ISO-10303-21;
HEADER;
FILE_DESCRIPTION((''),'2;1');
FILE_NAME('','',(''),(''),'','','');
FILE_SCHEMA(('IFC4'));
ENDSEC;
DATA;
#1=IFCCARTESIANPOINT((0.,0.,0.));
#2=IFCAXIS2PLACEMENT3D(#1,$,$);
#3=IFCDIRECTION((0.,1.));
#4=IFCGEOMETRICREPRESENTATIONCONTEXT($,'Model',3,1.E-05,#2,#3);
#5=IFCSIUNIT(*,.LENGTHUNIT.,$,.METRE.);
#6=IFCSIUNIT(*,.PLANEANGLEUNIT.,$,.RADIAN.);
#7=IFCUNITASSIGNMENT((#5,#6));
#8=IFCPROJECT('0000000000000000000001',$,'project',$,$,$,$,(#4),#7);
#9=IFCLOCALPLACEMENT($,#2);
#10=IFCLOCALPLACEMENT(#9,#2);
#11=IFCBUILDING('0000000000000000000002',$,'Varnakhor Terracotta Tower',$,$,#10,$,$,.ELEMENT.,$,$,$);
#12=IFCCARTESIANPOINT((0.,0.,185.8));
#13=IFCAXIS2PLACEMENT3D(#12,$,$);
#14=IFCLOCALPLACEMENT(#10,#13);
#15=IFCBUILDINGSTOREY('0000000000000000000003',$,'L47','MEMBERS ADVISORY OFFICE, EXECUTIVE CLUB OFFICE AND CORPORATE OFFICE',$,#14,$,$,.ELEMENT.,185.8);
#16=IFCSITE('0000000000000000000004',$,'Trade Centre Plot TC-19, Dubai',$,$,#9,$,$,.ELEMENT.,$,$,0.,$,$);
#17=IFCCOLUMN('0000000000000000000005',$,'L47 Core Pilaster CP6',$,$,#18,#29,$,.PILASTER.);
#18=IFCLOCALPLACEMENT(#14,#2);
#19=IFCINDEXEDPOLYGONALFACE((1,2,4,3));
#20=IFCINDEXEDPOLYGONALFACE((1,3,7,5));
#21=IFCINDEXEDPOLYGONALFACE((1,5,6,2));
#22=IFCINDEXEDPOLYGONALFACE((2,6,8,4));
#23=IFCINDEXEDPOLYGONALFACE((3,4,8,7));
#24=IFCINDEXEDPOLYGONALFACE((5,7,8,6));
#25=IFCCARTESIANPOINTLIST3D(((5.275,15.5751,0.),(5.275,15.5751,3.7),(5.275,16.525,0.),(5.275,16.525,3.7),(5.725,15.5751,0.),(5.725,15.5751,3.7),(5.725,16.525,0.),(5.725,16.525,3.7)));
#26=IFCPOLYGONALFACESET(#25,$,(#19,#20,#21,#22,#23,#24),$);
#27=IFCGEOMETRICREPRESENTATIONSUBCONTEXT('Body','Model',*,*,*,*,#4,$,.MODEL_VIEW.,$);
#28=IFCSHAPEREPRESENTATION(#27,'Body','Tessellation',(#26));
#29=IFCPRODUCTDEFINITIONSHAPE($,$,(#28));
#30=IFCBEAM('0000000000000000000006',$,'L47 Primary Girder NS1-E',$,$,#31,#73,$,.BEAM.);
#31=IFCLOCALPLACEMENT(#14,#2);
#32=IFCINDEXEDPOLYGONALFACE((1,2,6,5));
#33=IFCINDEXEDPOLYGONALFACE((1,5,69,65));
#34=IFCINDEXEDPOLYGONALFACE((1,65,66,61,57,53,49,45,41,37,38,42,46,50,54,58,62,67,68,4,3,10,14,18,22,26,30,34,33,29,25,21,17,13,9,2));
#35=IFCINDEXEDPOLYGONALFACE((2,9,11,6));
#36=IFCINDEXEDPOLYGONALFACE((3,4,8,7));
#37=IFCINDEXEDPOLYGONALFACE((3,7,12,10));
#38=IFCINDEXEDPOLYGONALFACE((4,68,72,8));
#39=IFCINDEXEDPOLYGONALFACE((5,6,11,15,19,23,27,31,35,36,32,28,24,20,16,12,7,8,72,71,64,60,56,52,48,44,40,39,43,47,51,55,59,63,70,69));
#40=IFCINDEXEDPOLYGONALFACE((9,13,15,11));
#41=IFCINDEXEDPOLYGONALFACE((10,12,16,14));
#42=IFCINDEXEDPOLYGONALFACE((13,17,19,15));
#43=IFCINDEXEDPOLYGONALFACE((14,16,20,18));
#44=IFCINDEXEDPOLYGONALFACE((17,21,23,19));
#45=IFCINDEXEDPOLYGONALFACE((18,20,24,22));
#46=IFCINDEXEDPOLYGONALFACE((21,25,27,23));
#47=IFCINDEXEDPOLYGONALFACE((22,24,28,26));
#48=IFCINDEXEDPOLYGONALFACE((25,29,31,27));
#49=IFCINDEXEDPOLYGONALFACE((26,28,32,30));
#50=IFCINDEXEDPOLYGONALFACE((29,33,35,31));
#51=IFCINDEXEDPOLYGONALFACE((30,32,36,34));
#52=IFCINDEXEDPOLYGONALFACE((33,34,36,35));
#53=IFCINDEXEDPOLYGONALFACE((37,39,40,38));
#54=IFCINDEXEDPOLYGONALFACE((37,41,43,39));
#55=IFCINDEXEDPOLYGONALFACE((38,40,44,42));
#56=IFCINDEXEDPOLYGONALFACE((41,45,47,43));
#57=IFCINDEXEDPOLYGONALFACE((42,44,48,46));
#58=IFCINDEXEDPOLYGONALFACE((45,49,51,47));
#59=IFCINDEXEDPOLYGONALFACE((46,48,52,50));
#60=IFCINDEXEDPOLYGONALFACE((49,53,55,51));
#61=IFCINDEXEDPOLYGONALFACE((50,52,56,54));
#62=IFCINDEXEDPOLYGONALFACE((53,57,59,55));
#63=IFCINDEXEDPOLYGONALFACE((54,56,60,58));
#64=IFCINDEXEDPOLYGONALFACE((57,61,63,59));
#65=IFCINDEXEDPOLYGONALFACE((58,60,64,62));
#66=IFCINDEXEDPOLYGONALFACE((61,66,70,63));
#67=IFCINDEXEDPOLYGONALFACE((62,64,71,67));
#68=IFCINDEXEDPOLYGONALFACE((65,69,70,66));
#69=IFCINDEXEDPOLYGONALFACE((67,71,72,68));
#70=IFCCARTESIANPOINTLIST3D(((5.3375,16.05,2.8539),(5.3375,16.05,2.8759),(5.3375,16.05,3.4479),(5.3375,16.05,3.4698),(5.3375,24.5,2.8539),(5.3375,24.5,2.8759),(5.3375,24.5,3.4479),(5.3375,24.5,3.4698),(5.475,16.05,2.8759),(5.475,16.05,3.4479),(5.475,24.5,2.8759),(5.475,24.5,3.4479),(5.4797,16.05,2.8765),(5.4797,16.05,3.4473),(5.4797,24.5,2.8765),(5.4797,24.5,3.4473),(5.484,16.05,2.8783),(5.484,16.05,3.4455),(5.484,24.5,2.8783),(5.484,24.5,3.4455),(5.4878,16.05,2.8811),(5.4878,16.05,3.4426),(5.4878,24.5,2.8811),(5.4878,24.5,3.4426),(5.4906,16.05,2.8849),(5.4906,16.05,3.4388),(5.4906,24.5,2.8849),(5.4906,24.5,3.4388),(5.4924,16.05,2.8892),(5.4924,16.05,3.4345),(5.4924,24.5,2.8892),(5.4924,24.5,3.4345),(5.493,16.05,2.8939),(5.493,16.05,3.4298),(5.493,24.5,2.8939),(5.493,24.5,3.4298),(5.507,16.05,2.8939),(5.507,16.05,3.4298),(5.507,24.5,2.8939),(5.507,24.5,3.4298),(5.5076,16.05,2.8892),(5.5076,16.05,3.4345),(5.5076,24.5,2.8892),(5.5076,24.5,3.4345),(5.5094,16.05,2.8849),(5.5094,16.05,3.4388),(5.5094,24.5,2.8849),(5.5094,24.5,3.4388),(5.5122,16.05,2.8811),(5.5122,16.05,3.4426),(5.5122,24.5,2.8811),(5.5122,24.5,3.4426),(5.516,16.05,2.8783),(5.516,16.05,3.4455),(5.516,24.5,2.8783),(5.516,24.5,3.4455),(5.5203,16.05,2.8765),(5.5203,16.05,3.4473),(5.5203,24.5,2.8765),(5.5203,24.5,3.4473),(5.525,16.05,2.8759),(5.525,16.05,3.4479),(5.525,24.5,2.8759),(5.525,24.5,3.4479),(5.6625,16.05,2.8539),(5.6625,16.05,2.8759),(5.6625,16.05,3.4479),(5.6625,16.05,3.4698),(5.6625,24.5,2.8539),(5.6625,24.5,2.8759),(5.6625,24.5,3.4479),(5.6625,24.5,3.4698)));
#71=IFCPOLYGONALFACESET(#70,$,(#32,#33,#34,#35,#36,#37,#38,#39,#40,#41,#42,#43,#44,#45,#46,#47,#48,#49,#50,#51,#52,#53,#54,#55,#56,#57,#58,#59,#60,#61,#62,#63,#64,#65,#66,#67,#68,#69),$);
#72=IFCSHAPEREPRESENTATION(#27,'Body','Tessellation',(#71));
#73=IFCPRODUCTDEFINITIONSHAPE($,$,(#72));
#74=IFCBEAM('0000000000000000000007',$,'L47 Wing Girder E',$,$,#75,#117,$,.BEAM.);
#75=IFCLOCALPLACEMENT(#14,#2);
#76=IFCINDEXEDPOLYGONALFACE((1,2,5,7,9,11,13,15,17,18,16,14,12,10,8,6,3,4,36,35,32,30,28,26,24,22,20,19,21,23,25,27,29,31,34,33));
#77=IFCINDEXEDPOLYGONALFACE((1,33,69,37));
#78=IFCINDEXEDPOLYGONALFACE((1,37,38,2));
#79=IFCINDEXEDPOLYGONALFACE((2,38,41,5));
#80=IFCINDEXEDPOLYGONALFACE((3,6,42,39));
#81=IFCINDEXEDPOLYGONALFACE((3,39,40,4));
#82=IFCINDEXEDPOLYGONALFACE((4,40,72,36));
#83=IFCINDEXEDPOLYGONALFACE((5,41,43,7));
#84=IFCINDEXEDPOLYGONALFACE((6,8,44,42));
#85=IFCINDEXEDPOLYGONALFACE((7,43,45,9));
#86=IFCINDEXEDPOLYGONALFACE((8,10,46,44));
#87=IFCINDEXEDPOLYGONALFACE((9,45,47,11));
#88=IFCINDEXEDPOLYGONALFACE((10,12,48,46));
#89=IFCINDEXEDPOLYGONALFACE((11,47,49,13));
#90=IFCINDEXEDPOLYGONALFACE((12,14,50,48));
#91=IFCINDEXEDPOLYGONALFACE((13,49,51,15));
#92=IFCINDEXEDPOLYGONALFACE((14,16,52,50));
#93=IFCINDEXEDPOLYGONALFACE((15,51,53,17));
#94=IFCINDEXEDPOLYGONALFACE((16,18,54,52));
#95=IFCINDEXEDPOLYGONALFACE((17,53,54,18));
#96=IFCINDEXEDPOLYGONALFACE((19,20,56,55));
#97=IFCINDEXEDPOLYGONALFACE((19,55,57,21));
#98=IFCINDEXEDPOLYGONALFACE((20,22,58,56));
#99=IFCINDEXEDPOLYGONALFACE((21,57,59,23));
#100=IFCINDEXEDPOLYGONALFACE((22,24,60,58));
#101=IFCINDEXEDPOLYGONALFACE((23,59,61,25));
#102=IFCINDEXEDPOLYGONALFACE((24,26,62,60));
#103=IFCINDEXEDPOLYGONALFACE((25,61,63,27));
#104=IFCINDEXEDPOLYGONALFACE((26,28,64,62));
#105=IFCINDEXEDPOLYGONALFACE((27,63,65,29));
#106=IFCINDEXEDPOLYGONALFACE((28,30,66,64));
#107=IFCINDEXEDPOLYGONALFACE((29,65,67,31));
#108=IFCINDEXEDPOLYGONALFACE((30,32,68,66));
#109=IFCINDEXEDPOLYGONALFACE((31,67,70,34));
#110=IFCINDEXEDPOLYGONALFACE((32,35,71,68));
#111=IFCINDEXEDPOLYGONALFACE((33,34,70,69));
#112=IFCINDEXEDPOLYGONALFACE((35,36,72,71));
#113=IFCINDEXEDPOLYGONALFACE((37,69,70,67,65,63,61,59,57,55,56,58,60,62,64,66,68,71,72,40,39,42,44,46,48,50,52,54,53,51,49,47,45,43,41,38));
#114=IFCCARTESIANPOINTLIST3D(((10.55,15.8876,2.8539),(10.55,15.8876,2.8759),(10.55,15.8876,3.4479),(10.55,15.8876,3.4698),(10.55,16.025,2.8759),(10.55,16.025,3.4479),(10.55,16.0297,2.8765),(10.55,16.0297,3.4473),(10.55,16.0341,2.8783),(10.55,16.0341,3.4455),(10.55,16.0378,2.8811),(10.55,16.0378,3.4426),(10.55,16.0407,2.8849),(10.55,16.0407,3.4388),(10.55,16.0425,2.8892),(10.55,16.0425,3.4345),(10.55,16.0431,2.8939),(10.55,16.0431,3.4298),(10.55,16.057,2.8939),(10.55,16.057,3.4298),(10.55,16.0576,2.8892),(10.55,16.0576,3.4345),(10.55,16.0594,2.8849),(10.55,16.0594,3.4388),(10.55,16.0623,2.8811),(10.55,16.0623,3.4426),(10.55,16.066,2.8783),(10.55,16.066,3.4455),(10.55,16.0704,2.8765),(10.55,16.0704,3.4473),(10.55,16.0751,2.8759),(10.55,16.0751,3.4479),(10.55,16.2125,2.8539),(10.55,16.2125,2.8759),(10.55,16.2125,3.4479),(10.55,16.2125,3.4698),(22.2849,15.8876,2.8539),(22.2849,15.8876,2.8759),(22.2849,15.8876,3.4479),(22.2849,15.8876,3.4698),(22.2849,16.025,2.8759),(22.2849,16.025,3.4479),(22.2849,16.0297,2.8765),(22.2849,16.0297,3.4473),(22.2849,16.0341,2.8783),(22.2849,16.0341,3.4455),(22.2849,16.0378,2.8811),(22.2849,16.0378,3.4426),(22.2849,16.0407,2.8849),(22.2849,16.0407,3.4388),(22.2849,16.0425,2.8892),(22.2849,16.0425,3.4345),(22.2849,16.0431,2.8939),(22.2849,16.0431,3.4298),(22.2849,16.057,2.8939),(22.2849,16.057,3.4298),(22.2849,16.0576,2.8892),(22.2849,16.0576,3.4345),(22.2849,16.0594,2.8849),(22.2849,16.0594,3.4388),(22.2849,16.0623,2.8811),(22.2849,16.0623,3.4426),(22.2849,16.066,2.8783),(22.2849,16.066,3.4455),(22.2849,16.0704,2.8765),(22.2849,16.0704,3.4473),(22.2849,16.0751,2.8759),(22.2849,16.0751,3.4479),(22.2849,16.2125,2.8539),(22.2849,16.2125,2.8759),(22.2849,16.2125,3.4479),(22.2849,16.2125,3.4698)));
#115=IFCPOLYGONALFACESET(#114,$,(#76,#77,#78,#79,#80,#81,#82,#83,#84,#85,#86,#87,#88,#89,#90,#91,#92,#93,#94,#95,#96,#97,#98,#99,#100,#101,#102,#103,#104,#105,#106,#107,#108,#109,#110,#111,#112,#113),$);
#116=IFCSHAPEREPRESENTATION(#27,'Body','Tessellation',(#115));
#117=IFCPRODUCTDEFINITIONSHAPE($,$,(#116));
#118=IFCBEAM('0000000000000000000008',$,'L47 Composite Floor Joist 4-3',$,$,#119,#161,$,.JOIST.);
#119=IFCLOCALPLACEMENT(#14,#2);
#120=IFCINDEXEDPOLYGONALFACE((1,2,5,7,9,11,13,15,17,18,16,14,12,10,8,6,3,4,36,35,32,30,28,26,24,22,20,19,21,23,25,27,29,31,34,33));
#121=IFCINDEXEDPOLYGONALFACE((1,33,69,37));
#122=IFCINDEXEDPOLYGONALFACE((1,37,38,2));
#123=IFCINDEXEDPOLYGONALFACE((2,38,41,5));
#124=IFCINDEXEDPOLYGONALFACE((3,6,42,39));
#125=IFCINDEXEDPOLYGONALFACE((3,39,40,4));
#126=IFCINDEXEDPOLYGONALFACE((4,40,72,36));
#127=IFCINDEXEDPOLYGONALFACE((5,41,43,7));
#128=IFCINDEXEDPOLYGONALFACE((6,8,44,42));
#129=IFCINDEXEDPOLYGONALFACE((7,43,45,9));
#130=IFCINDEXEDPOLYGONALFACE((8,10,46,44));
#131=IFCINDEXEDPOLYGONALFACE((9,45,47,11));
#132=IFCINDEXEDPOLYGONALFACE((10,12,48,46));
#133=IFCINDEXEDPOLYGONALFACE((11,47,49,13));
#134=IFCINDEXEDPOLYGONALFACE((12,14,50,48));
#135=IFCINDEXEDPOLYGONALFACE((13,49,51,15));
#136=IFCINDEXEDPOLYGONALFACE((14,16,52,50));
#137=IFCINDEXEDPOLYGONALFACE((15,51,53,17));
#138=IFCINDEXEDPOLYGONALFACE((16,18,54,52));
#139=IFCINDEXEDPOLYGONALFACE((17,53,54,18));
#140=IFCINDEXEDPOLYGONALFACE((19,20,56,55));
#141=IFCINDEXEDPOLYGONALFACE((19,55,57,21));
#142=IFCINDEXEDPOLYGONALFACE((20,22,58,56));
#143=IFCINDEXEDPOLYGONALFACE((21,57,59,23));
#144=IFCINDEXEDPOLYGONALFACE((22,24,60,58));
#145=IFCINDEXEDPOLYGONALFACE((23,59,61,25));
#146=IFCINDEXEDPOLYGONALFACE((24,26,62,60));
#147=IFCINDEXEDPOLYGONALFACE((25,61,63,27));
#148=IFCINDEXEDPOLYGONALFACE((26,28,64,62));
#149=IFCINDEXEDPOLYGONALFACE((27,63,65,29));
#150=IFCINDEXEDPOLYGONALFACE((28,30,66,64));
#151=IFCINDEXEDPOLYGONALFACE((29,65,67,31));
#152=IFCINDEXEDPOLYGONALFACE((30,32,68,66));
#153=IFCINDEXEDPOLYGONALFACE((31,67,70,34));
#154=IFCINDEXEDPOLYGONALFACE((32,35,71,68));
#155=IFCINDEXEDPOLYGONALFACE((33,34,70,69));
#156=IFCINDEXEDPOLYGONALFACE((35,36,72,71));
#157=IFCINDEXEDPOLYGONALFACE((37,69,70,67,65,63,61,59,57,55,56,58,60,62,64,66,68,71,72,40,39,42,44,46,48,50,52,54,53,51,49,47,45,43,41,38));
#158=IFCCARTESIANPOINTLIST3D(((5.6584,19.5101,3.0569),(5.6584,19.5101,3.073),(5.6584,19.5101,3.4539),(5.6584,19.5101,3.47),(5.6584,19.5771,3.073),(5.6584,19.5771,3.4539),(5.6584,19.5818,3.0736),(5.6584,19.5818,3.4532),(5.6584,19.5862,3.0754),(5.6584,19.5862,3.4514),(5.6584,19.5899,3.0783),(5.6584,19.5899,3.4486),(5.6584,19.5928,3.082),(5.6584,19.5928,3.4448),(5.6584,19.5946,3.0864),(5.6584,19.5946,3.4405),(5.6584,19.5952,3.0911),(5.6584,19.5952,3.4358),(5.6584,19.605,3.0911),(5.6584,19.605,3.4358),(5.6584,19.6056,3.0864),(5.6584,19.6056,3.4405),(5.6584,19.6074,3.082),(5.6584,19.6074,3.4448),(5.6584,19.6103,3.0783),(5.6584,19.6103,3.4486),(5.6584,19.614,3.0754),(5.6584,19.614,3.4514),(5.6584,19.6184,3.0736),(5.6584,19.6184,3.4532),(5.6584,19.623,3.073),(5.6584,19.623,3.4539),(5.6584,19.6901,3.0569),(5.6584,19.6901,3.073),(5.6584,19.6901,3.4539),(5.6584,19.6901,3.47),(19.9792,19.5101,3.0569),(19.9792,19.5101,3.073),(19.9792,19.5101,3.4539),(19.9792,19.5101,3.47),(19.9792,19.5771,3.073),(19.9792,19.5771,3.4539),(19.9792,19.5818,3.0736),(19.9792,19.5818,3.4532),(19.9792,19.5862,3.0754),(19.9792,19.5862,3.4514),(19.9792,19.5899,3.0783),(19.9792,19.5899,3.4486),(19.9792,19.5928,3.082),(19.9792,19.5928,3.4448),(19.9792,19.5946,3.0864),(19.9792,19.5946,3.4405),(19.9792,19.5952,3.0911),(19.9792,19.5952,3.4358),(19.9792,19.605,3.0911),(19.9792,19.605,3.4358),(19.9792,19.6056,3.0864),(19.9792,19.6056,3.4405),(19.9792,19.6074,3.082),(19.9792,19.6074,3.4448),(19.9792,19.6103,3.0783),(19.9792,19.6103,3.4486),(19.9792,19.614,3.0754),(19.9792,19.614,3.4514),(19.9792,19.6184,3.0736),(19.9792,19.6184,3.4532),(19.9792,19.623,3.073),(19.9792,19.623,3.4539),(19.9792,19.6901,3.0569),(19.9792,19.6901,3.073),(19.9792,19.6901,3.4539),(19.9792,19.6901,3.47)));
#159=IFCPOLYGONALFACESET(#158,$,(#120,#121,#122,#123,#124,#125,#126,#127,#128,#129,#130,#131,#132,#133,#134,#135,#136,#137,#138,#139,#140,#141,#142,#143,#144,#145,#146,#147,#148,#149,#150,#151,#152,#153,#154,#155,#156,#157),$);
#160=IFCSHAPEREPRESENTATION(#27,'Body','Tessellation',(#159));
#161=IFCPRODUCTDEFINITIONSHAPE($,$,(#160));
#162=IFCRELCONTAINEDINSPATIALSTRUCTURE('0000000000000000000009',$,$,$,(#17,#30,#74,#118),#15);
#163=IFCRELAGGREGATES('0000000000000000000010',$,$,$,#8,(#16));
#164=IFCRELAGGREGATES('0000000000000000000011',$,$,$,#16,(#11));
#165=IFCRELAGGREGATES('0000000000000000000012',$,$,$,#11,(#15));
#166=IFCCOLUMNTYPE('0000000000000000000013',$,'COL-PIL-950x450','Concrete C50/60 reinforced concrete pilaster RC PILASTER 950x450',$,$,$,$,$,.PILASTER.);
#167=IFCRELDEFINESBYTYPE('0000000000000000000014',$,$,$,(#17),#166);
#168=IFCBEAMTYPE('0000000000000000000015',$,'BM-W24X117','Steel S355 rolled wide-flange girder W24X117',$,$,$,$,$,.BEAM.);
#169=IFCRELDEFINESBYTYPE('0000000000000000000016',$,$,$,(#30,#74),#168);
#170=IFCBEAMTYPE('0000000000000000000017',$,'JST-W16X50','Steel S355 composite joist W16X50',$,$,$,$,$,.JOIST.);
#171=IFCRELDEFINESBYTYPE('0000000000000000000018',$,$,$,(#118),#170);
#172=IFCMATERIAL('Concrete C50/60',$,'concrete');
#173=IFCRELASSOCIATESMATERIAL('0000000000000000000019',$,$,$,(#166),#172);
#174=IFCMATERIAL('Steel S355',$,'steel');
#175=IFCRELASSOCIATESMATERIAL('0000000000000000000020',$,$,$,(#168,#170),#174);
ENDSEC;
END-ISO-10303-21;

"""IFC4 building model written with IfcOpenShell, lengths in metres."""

from ifc_helpers import new_model, si_unit, direction, frame, origin, origin_2d, place, context, subcontext, project, spatial, rectangle, i_section, extrude, source, transform, mapped, material, material_profile, profile_set, type_object, type_shapes, element, save


model = new_model("IFC4")

# Units and contexts
model_context = context("Model", 3, precision=1e-05, world=origin(), true_north=direction((0.0, 1.0)))
body_context = subcontext(model_context, "Body", "Model", "MODEL_VIEW")
ifc_project = project(units=[si_unit("LENGTHUNIT", "METRE"), si_unit("PLANEANGLEUNIT", "RADIAN")], contexts=[model_context])

# Site, building, storey
site_placement = place(None, origin())
site = spatial("IfcSite", under=ifc_project, at=site_placement, Name="Trade Centre Plot TC-19, Dubai", CompositionType="ELEMENT", RefElevation=0.0)
building_placement = place(site_placement, origin())
building = spatial("IfcBuilding", under=site, at=building_placement, Name="Varnakhor Terracotta Tower", CompositionType="ELEMENT")
storey_placement = place(building_placement, frame((0.0, 0.0, 185.8)))
storey = spatial("IfcBuildingStorey", under=building, at=storey_placement, Name="L47", Description="MEMBERS ADVISORY OFFICE, EXECUTIVE CLUB OFFICE AND CORPORATE OFFICE", CompositionType="ELEMENT", Elevation=185.8)

# Column
ifc_material_1 = material(Name="Concrete C50/60", Category="concrete")
ifc_material_profile_1 = material_profile(ifc_material_1, rectangle(XDim=0.45, YDim=0.95, at=origin_2d()), Name="RC PILASTER 950x450")
ifc_profile_set_1 = profile_set([ifc_material_profile_1], Name="Concrete C50/60")
column_type = type_object("IfcColumnType", Name="COL-PIL-950x450", Description="Concrete C50/60 reinforced concrete pilaster RC PILASTER 950x450", PredefinedType="PILASTER", material=ifc_profile_set_1)
shared_shape_1 = source(origin(), body_context, "Body", "SweptSolid", [
    extrude(rectangle(XDim=0.45, YDim=0.95, at=origin_2d()), origin(), (0.0, 0.0, 1.0), 3.7),
])
column_placement = place(storey_placement, frame((5.5, 16.05, 0.0), z_axis=(0.0, 0.0, 1.0), x_axis=(1.0, 0.0, 0.0)))
element("IfcColumn", 1, at=column_placement, inside=storey, type_object=column_type, Name="L47 Core Pilaster CP6", PredefinedType="PILASTER", context=body_context, shape_type="MappedRepresentation", body=[
    mapped(shared_shape_1, transform((0.0, 0.0, 0.0), scale=1.0)),
])

# Beams
ifc_material_2 = material(Name="Steel S355", Category="steel")
ifc_material_profile_2 = material_profile(ifc_material_2, i_section(OverallWidth=0.325, OverallDepth=0.616, WebThickness=0.0139, FlangeThickness=0.022, FilletRadius=0.0181, at=origin_2d()), Name="W24X117")
ifc_profile_set_2 = profile_set([ifc_material_profile_2], Name="Steel S355")
beam_type_1 = type_object("IfcBeamType", Name="BM-W24X117", Description="Steel S355 rolled wide-flange girder W24X117", PredefinedType="BEAM", material=ifc_profile_set_2)
shared_shape_2 = source(origin(), body_context, "Body", "SweptSolid", [
    extrude(i_section(OverallWidth=0.325, OverallDepth=0.616, WebThickness=0.0139, FlangeThickness=0.022, FilletRadius=0.0181, at=origin_2d()), origin(), (0.0, 0.0, 1.0), 8.45),
])
type_shapes(beam_type_1, [shared_shape_2])
beam_1_placement = place(storey_placement, frame((5.5, 16.05, 3.1619), z_axis=(0.0, 1.0, 0.0), x_axis=(-1.0, 0.0, 0.0)))
element("IfcBeam", 2, at=beam_1_placement, inside=storey, type_object=beam_type_1, Name="L47 Primary Girder NS1-E", PredefinedType="BEAM", context=body_context, shape_type="MappedRepresentation", body=[
    mapped(shared_shape_2, transform((0.0, 0.0, 0.0), scale=1.0)),
])
shared_shape_3 = source(origin(), body_context, "Body", "SweptSolid", [
    extrude(i_section(OverallWidth=0.325, OverallDepth=0.616, WebThickness=0.0139, FlangeThickness=0.022, FilletRadius=0.0181, at=origin_2d()), origin(), (0.0, 0.0, 1.0), 11.7349),
])
beam_2_placement = place(storey_placement, frame((10.55, 16.05, 3.1619), z_axis=(1.0, 0.0, 0.0), x_axis=(0.0, 1.0, 0.0)))
element("IfcBeam", 3, at=beam_2_placement, inside=storey, type_object=beam_type_1, Name="L47 Wing Girder E", PredefinedType="BEAM", context=body_context, shape_type="MappedRepresentation", body=[
    mapped(shared_shape_3, transform((0.0, 0.0, 0.0), scale=1.0)),
])
ifc_material_profile_3 = material_profile(ifc_material_2, i_section(OverallWidth=0.1799, OverallDepth=0.4131, WebThickness=0.0098, FlangeThickness=0.0161, FilletRadius=0.0181, at=origin_2d()), Name="W16X50")
ifc_profile_set_3 = profile_set([ifc_material_profile_3], Name="Steel S355")
beam_type_2 = type_object("IfcBeamType", Name="JST-W16X50", Description="Steel S355 composite joist W16X50", PredefinedType="JOIST", material=ifc_profile_set_3)
shared_shape_4 = source(origin(), body_context, "Body", "SweptSolid", [
    extrude(i_section(OverallWidth=0.1799, OverallDepth=0.4131, WebThickness=0.0098, FlangeThickness=0.0161, FilletRadius=0.0181, at=origin_2d()), origin(), (0.0, 0.0, 1.0), 14.3208),
])
beam_3_placement = place(storey_placement, frame((5.6584, 19.6001, 3.2634), z_axis=(1.0, 0.0, 0.0), x_axis=(0.0, 1.0, 0.0)))
element("IfcBeam", 4, at=beam_3_placement, inside=storey, type_object=beam_type_2, Name="L47 Composite Floor Joist 4-3", PredefinedType="JOIST", context=body_context, shape_type="MappedRepresentation", body=[
    mapped(shared_shape_4, transform((0.0, 0.0, 0.0), scale=1.0)),
])

save(model, "model.ifc")
